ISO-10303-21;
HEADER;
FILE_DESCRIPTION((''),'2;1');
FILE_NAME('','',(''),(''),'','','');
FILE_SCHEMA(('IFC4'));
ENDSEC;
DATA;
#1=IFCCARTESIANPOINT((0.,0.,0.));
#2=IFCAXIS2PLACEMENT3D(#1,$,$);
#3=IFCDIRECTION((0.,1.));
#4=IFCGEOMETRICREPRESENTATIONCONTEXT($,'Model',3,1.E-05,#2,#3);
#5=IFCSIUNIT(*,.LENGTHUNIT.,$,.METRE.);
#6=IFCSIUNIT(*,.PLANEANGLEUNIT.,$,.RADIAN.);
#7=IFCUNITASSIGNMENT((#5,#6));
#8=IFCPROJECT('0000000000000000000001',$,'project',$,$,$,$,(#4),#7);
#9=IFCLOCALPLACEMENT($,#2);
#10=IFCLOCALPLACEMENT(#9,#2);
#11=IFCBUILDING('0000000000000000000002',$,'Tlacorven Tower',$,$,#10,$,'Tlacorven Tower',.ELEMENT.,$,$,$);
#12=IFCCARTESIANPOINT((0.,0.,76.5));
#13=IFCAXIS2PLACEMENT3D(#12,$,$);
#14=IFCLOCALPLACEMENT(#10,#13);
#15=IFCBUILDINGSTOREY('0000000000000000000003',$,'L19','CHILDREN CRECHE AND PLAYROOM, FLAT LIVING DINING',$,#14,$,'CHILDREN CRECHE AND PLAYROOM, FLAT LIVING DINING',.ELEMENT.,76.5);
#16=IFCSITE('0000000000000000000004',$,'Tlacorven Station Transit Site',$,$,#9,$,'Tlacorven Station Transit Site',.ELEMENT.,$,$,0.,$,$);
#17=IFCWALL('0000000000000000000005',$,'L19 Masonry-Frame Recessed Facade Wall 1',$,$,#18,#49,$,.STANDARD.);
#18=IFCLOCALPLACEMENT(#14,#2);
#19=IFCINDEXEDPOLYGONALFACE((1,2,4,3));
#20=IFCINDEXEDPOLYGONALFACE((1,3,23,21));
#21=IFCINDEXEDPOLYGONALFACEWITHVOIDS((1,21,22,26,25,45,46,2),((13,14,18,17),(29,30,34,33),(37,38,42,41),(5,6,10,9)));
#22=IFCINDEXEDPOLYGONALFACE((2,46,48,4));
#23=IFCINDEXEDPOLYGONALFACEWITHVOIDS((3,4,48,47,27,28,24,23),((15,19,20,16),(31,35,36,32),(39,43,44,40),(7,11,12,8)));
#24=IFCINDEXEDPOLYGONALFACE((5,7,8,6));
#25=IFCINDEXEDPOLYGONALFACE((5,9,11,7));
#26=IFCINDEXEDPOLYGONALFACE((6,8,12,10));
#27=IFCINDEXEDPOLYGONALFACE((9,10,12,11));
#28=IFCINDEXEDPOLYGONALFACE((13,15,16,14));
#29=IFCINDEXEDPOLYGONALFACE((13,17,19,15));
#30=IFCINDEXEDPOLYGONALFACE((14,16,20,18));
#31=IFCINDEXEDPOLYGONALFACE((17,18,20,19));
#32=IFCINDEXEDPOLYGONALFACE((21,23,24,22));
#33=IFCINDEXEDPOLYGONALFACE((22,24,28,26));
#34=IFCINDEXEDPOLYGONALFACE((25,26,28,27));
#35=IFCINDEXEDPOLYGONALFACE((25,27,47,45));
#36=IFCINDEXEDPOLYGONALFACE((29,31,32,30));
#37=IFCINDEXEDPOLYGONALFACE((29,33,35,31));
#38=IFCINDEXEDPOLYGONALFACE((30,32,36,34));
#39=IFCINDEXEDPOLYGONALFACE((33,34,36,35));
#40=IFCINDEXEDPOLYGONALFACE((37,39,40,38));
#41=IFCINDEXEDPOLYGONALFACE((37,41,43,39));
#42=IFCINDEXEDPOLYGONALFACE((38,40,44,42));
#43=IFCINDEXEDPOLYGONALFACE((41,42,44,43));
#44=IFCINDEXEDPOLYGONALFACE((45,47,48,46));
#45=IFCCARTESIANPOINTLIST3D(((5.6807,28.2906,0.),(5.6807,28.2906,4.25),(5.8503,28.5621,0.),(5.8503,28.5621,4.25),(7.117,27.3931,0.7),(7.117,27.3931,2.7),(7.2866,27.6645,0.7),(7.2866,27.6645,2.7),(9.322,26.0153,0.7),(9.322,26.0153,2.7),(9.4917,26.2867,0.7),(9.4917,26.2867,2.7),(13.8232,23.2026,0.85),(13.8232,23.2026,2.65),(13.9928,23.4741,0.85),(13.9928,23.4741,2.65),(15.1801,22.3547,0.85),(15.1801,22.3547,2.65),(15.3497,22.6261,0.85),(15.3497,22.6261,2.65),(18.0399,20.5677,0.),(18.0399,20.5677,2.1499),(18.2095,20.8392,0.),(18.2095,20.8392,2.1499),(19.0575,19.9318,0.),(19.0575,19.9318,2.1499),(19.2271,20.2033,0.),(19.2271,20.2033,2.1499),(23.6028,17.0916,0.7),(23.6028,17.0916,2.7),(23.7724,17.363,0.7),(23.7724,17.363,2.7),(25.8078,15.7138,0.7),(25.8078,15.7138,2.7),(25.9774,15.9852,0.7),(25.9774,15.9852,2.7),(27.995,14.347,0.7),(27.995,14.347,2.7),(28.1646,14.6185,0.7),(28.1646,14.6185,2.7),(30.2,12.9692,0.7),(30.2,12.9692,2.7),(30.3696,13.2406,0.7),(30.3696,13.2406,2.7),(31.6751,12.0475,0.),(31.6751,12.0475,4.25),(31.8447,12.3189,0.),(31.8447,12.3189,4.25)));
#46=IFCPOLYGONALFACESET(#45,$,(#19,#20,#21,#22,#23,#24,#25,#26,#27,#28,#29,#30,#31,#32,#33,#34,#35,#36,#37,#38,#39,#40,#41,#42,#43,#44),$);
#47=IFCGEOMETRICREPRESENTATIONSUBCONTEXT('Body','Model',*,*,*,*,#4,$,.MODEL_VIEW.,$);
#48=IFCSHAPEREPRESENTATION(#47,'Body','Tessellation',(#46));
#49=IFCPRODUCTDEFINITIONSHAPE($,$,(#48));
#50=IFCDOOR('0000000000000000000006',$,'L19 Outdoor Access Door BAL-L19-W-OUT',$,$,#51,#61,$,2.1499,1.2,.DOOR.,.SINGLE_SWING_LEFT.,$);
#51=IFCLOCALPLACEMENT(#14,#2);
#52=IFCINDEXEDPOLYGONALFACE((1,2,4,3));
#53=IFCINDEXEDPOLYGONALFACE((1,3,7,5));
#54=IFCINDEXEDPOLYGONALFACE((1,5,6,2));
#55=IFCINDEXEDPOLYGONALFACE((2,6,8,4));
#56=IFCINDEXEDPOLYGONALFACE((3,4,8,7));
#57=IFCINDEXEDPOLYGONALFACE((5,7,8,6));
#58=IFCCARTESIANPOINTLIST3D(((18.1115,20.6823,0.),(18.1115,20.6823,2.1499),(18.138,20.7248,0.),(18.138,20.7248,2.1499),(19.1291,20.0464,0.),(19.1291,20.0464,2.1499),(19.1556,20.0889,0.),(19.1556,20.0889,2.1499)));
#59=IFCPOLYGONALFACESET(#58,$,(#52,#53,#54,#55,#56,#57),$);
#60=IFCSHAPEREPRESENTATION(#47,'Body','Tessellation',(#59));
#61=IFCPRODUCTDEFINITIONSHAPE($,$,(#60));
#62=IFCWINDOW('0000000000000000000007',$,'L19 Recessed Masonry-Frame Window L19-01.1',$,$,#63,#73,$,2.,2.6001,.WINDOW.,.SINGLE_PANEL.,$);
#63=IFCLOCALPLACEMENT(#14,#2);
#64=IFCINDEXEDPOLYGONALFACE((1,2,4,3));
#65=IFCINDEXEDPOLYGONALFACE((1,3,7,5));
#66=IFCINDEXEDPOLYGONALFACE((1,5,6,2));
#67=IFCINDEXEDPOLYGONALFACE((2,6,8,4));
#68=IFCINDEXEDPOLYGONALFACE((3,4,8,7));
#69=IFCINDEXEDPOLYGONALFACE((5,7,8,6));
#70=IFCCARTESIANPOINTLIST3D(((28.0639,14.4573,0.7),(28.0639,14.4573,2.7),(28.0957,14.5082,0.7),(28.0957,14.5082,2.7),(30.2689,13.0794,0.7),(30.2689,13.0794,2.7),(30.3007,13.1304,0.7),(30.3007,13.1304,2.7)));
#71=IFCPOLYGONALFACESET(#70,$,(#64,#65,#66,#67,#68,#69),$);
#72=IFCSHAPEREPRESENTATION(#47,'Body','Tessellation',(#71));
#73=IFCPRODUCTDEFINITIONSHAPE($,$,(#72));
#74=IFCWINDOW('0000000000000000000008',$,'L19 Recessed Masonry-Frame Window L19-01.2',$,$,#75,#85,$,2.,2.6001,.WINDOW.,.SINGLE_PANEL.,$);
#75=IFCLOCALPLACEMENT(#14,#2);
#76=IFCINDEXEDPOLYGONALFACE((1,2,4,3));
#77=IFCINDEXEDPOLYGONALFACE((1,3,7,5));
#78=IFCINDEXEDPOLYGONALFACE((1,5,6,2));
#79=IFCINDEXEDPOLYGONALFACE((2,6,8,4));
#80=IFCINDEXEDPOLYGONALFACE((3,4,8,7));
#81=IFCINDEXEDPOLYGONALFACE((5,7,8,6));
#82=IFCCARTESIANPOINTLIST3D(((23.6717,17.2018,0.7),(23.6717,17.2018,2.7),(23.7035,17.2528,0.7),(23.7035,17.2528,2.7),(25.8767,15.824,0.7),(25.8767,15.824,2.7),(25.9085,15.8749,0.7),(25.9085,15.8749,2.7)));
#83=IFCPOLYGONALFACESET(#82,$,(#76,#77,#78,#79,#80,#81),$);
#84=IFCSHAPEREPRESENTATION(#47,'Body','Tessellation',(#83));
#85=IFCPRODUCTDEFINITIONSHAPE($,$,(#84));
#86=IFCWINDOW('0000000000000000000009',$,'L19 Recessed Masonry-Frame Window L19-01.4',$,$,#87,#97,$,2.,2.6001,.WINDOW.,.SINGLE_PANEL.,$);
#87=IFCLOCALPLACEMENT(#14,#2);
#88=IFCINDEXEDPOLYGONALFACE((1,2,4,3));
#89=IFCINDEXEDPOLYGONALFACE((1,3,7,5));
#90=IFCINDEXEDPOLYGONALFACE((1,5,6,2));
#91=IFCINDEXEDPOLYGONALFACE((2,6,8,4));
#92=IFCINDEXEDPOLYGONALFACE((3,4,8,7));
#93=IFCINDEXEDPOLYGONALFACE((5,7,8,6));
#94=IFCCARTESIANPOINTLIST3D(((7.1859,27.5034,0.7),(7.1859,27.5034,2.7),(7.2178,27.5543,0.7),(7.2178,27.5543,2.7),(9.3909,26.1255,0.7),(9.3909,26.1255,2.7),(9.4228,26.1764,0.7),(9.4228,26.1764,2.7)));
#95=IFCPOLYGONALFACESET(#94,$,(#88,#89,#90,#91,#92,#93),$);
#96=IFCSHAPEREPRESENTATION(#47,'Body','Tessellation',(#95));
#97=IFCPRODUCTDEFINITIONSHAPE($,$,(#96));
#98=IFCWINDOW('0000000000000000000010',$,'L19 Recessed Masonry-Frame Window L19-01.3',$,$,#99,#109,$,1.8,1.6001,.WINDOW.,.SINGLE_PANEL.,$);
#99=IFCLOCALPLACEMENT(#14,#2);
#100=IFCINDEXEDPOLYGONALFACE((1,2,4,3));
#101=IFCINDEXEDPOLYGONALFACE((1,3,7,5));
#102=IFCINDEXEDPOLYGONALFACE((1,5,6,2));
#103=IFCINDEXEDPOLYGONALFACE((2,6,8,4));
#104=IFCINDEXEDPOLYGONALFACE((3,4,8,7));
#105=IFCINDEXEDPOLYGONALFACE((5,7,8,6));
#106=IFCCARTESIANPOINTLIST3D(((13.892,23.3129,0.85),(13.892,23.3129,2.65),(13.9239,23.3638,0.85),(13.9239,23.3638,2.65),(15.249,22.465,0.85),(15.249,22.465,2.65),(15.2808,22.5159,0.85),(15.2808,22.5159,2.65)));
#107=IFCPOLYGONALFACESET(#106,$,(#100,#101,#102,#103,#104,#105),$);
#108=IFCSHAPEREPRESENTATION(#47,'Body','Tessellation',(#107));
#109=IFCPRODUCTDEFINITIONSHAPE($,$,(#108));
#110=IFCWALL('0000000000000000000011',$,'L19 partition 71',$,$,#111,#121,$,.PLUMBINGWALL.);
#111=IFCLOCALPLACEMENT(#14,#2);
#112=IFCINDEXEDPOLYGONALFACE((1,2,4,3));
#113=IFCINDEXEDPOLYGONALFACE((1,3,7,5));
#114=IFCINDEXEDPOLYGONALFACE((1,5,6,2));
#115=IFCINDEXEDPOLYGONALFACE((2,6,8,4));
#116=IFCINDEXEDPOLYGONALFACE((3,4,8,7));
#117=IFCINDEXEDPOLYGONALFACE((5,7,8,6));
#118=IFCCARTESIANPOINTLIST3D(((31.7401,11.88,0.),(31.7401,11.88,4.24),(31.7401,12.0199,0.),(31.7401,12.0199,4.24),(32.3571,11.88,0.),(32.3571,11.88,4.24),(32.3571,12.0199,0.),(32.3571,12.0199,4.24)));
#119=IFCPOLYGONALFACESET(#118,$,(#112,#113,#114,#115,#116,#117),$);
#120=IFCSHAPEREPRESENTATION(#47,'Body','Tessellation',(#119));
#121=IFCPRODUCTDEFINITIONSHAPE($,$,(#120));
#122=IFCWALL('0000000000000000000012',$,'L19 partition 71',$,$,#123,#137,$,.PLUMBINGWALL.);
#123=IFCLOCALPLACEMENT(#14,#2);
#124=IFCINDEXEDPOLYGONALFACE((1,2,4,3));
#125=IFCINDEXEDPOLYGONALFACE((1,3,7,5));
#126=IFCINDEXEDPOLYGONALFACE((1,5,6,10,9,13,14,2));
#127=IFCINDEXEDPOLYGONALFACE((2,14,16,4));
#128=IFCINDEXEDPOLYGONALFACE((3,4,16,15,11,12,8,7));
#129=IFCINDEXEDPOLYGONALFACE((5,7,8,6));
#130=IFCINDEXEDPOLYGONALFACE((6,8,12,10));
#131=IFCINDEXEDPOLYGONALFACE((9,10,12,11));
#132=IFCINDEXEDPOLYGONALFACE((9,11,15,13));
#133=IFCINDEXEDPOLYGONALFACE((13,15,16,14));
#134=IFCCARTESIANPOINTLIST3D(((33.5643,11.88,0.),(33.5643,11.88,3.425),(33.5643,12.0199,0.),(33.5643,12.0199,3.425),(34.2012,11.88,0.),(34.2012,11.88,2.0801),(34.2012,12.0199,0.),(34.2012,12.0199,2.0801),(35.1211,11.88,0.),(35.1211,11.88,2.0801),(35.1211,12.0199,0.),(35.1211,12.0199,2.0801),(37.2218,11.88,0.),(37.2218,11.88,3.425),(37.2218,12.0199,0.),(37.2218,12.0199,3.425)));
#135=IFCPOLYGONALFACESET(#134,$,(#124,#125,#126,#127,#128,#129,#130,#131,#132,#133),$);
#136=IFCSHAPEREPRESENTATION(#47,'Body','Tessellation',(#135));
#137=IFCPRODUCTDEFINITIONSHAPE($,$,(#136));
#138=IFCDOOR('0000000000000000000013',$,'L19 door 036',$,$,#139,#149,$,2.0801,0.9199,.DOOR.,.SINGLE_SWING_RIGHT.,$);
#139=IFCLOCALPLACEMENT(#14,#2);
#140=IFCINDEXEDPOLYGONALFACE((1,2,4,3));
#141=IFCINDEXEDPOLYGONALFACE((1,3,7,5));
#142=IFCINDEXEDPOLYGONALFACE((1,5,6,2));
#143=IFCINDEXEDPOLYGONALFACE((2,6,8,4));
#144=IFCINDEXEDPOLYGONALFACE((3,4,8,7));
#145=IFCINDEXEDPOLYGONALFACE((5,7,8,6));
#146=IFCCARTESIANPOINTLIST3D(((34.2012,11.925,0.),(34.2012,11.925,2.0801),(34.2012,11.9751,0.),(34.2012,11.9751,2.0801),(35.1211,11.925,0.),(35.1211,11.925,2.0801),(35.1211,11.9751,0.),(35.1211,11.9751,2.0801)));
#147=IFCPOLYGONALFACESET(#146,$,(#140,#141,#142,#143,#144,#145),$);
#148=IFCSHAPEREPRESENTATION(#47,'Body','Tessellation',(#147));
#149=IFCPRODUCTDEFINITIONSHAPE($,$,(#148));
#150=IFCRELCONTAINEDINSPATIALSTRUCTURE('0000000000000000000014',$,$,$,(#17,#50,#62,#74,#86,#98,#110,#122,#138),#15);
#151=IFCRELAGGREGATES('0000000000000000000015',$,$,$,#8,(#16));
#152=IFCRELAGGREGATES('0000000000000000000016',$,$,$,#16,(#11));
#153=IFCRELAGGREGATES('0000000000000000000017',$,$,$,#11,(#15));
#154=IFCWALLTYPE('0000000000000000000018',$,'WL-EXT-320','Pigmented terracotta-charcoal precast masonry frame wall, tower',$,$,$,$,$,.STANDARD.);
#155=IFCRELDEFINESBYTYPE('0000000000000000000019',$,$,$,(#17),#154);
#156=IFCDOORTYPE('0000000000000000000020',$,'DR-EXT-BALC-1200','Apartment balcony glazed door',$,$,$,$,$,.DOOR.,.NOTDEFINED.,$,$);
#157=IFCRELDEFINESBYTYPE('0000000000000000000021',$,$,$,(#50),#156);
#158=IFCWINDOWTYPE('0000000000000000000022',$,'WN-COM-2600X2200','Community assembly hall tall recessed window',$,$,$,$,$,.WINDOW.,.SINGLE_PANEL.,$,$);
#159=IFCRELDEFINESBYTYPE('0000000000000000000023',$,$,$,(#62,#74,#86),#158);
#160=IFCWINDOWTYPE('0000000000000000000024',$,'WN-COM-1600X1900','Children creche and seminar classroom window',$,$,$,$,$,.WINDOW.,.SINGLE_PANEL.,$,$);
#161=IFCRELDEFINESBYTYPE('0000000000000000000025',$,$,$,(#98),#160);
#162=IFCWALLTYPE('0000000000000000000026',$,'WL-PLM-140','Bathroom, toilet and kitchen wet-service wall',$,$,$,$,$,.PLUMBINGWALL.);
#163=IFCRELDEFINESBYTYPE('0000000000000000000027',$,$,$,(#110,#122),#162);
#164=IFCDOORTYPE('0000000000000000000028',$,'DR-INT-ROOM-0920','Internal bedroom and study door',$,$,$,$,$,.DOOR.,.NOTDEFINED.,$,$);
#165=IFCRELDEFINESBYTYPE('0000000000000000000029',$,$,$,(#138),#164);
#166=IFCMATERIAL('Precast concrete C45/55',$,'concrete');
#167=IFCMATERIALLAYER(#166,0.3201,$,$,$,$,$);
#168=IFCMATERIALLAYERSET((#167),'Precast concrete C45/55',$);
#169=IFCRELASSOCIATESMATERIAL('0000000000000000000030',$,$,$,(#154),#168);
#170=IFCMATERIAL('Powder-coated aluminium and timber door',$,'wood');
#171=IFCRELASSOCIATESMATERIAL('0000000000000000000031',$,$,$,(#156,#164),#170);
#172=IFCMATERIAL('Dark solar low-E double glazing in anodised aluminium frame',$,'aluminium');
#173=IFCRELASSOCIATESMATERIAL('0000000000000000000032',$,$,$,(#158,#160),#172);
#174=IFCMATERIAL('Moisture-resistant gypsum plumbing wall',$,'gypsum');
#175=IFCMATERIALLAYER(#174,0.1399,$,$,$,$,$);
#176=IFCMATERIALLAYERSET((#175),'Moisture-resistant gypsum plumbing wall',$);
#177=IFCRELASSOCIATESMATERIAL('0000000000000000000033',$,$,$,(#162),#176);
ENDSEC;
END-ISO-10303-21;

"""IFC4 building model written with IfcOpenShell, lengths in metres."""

from ifc_helpers import new_model, si_unit, direction, frame, frame_2d, origin, place, context, subcontext, project, spatial, rectangle, extrude, source, transform, mapped, material, layer, layer_set, type_object, element, fill, save


model = new_model("IFC4")

# Units and contexts
model_context = context("Model", 3, precision=1e-05, world=origin(), true_north=direction((0.0, 1.0)))
body_context = subcontext(model_context, "Body", "Model", "MODEL_VIEW")
ifc_project = project(units=[si_unit("LENGTHUNIT", "METRE"), si_unit("PLANEANGLEUNIT", "RADIAN")], contexts=[model_context])

# Site, building, storey
site_placement = place(None, origin())
site = spatial("IfcSite", under=ifc_project, at=site_placement, Name="Tlacorven Station Transit Site", LongName="Tlacorven Station Transit Site", CompositionType="ELEMENT", RefElevation=0.0)
building_placement = place(site_placement, origin())
building = spatial("IfcBuilding", under=site, at=building_placement, Name="Tlacorven Tower", LongName="Tlacorven Tower", CompositionType="ELEMENT")
storey_placement = place(building_placement, frame((0.0, 0.0, 76.5)))
storey = spatial("IfcBuildingStorey", under=building, at=storey_placement, Name="L19", Description="CHILDREN CRECHE AND PLAYROOM, FLAT LIVING DINING", LongName="CHILDREN CRECHE AND PLAYROOM, FLAT LIVING DINING", CompositionType="ELEMENT", Elevation=76.5)

# Wall, openings, door, windows
ifc_material_1 = material(Name="Precast concrete C45/55", Category="concrete")
ifc_layer_1 = layer(ifc_material_1, 0.3201)
ifc_layer_set_1 = layer_set([ifc_layer_1], Name="Precast concrete C45/55")
wall_type_1 = type_object("IfcWallType", Name="WL-EXT-320", Description="Pigmented terracotta-charcoal precast masonry frame wall, tower", PredefinedType="STANDARD", material=ifc_layer_set_1)
wall_1_placement = place(storey_placement, frame((31.76, 12.1831, 0.0), z_axis=(0.0, 0.0, 1.0), x_axis=(-0.848047, 0.529921, 0.0)))
wall_1 = element("IfcWall", 1, at=wall_1_placement, inside=storey, type_object=wall_type_1, Name="L19 Masonry-Frame Recessed Facade Wall 1", PredefinedType="STANDARD", context=body_context, shape_type="SweptSolid", body=[
    extrude(rectangle(XDim=30.6521, YDim=0.3201, at=frame_2d((15.3262, 0.0))), origin(), (0.0, 0.0, 1.0), 4.25),
])
opening_1_placement = place(wall_1_placement, frame((14.8784, 0.0, 0.0)))
opening_1 = element("IfcOpeningElement", 2, at=opening_1_placement, cuts=wall_1, PredefinedType="OPENING", context=body_context, shape_type="SweptSolid", body=[
    extrude(rectangle(XDim=1.2, YDim=2.1499, at=frame_2d((0.6001, 1.075))), frame((0.0, 0.1699, 0.0), z_axis=(0.0, -1.0, 0.0), x_axis=(1.0, 0.0, 0.0)), (0.0, 0.0, 1.0), 0.3401),
])
opening_2_placement = place(wall_1_placement, frame((1.7395, 0.0, 0.7)))
opening_2 = element("IfcOpeningElement", 3, at=opening_2_placement, cuts=wall_1, PredefinedType="OPENING", context=body_context, shape_type="SweptSolid", body=[
    extrude(rectangle(XDim=2.6001, YDim=2.0, at=frame_2d((1.3, 1.0))), frame((0.0, 0.1699, 0.0), z_axis=(0.0, -1.0, 0.0), x_axis=(1.0, 0.0, 0.0)), (0.0, 0.0, 1.0), 0.3401),
])
opening_3_placement = place(wall_1_placement, frame((6.9187, 0.0, 0.7)))
opening_3 = element("IfcOpeningElement", 4, at=opening_3_placement, cuts=wall_1, PredefinedType="OPENING", context=body_context, shape_type="SweptSolid", body=[
    extrude(rectangle(XDim=2.6001, YDim=2.0, at=frame_2d((1.3, 1.0))), frame((0.0, 0.1699, 0.0), z_axis=(0.0, -1.0, 0.0), x_axis=(1.0, 0.0, 0.0)), (0.0, 0.0, 1.0), 0.3401),
])
opening_4_placement = place(wall_1_placement, frame((19.4507, 0.0, 0.8501)))
opening_4 = element("IfcOpeningElement", 5, at=opening_4_placement, cuts=wall_1, PredefinedType="OPENING", context=body_context, shape_type="SweptSolid", body=[
    extrude(rectangle(XDim=1.6001, YDim=1.8, at=frame_2d((0.8, 0.8999))), frame((0.0, 0.1699, 0.0), z_axis=(0.0, -1.0, 0.0), x_axis=(1.0, 0.0, 0.0)), (0.0, 0.0, 1.0), 0.3401),
])
opening_5_placement = place(wall_1_placement, frame((26.3584, 0.0, 0.7)))
opening_5 = element("IfcOpeningElement", 6, at=opening_5_placement, cuts=wall_1, PredefinedType="OPENING", context=body_context, shape_type="SweptSolid", body=[
    extrude(rectangle(XDim=2.6001, YDim=2.0, at=frame_2d((1.3, 1.0))), frame((0.0, 0.1699, 0.0), z_axis=(0.0, -1.0, 0.0), x_axis=(1.0, 0.0, 0.0)), (0.0, 0.0, 1.0), 0.3401),
])
ifc_material_2 = material(Name="Powder-coated aluminium and timber door", Category="wood")
door_type_1 = type_object("IfcDoorType", Name="DR-EXT-BALC-1200", Description="Apartment balcony glazed door", OperationType="NOTDEFINED", PredefinedType="DOOR", material=ifc_material_2)
shared_shape_1 = source(origin(), body_context, "Body", "SweptSolid", [
    extrude(rectangle(XDim=1.2, YDim=2.1499, at=frame_2d((0.6001, 1.075))), frame((0.0, 0.0249, 0.0), z_axis=(0.0, -1.0, 0.0), x_axis=(1.0, 0.0, 0.0)), (0.0, 0.0, 1.0), 0.05),
])
door_1_placement = place(opening_1_placement, origin())
door_1 = element("IfcDoor", 7, at=door_1_placement, inside=storey, type_object=door_type_1, Name="L19 Outdoor Access Door BAL-L19-W-OUT", OperationType="SINGLE_SWING_LEFT", OverallHeight=2.1499, OverallWidth=1.2, PredefinedType="DOOR", context=body_context, shape_type="MappedRepresentation", body=[
    mapped(shared_shape_1, transform((0.0, 0.0, 0.0), scale=1.0)),
])
fill(opening_1, door_1)
ifc_material_3 = material(Name="Dark solar low-E double glazing in anodised aluminium frame", Category="aluminium")
window_type_1 = type_object("IfcWindowType", Name="WN-COM-2600X2200", Description="Community assembly hall tall recessed window", PartitioningType="SINGLE_PANEL", PredefinedType="WINDOW", material=ifc_material_3)
shared_shape_2 = source(origin(), body_context, "Body", "SweptSolid", [
    extrude(rectangle(XDim=2.6001, YDim=2.0, at=frame_2d((1.3, 1.0))), frame((0.0, 0.03, 0.0), z_axis=(0.0, -1.0, 0.0), x_axis=(1.0, 0.0, 0.0)), (0.0, 0.0, 1.0), 0.0601),
])
window_1_placement = place(opening_2_placement, origin())
window_1 = element("IfcWindow", 8, at=window_1_placement, inside=storey, type_object=window_type_1, Name="L19 Recessed Masonry-Frame Window L19-01.1", OverallHeight=2.0, OverallWidth=2.6001, PartitioningType="SINGLE_PANEL", PredefinedType="WINDOW", context=body_context, shape_type="MappedRepresentation", body=[
    mapped(shared_shape_2, transform((0.0, 0.0, 0.0), scale=1.0)),
])
fill(opening_2, window_1)
window_2_placement = place(opening_3_placement, origin())
window_2 = element("IfcWindow", 9, at=window_2_placement, inside=storey, type_object=window_type_1, Name="L19 Recessed Masonry-Frame Window L19-01.2", OverallHeight=2.0, OverallWidth=2.6001, PartitioningType="SINGLE_PANEL", PredefinedType="WINDOW", context=body_context, shape_type="MappedRepresentation", body=[
    mapped(shared_shape_2, transform((0.0, 0.0, 0.0), scale=1.0)),
])
fill(opening_3, window_2)
window_3_placement = place(opening_5_placement, origin())
window_3 = element("IfcWindow", 10, at=window_3_placement, inside=storey, type_object=window_type_1, Name="L19 Recessed Masonry-Frame Window L19-01.4", OverallHeight=2.0, OverallWidth=2.6001, PartitioningType="SINGLE_PANEL", PredefinedType="WINDOW", context=body_context, shape_type="MappedRepresentation", body=[
    mapped(shared_shape_2, transform((0.0, 0.0, 0.0), scale=1.0)),
])
fill(opening_5, window_3)
window_type_2 = type_object("IfcWindowType", Name="WN-COM-1600X1900", Description="Children creche and seminar classroom window", PartitioningType="SINGLE_PANEL", PredefinedType="WINDOW", material=ifc_material_3)
shared_shape_3 = source(origin(), body_context, "Body", "SweptSolid", [
    extrude(rectangle(XDim=1.6001, YDim=1.8, at=frame_2d((0.8, 0.8999))), frame((0.0, 0.03, 0.0), z_axis=(0.0, -1.0, 0.0), x_axis=(1.0, 0.0, 0.0)), (0.0, 0.0, 1.0), 0.0601),
])
window_4_placement = place(opening_4_placement, origin())
window_4 = element("IfcWindow", 11, at=window_4_placement, inside=storey, type_object=window_type_2, Name="L19 Recessed Masonry-Frame Window L19-01.3", OverallHeight=1.8, OverallWidth=1.6001, PartitioningType="SINGLE_PANEL", PredefinedType="WINDOW", context=body_context, shape_type="MappedRepresentation", body=[
    mapped(shared_shape_3, transform((0.0, 0.0, 0.0), scale=1.0)),
])
fill(opening_4, window_4)

# Wall
ifc_material_4 = material(Name="Moisture-resistant gypsum plumbing wall", Category="gypsum")
ifc_layer_2 = layer(ifc_material_4, 0.1399)
ifc_layer_set_2 = layer_set([ifc_layer_2], Name="Moisture-resistant gypsum plumbing wall")
wall_type_2 = type_object("IfcWallType", Name="WL-PLM-140", Description="Bathroom, toilet and kitchen wet-service wall", PredefinedType="PLUMBINGWALL", material=ifc_layer_set_2)
wall_2_placement = place(storey_placement, frame((31.74, 11.95, 0.0), z_axis=(0.0, 0.0, 1.0), x_axis=(1.0, 0.0, 0.0)))
element("IfcWall", 12, at=wall_2_placement, inside=storey, type_object=wall_type_2, Name="L19 partition 71", PredefinedType="PLUMBINGWALL", context=body_context, shape_type="SweptSolid", body=[
    extrude(rectangle(XDim=0.6169, YDim=0.1399, at=frame_2d((0.3086, 0.0))), origin(), (0.0, 0.0, 1.0), 4.24),
])

# Wall, opening, door
wall_3_placement = place(storey_placement, frame((33.5645, 11.95, 0.0), z_axis=(0.0, 0.0, 1.0), x_axis=(1.0, 0.0, 0.0)))
wall_3 = element("IfcWall", 13, at=wall_3_placement, inside=storey, type_object=wall_type_2, Name="L19 partition 71", PredefinedType="PLUMBINGWALL", context=body_context, shape_type="SweptSolid", body=[
    extrude(rectangle(XDim=3.6575, YDim=0.1399, at=frame_2d((1.8286, 0.0))), origin(), (0.0, 0.0, 1.0), 3.425),
])
opening_6_placement = place(wall_3_placement, frame((0.6367, 0.0, 0.0)))
opening_6 = element("IfcOpeningElement", 14, at=opening_6_placement, cuts=wall_3, PredefinedType="OPENING", context=body_context, shape_type="SweptSolid", body=[
    extrude(rectangle(XDim=0.9199, YDim=2.0801, at=frame_2d((0.46, 1.04))), frame((0.0, 0.0801, 0.0), z_axis=(0.0, -1.0, 0.0), x_axis=(1.0, 0.0, 0.0)), (0.0, 0.0, 1.0), 0.1599),
])
door_type_2 = type_object("IfcDoorType", Name="DR-INT-ROOM-0920", Description="Internal bedroom and study door", OperationType="NOTDEFINED", PredefinedType="DOOR", material=ifc_material_2)
shared_shape_4 = source(origin(), body_context, "Body", "SweptSolid", [
    extrude(rectangle(XDim=0.9199, YDim=2.0801, at=frame_2d((0.46, 1.04))), frame((0.0, 0.0249, 0.0), z_axis=(0.0, -1.0, 0.0), x_axis=(1.0, 0.0, 0.0)), (0.0, 0.0, 1.0), 0.05),
])
door_2_placement = place(opening_6_placement, frame((0.9199, 0.0, 0.0), z_axis=(0.0, 0.0, 1.0), x_axis=(-1.0, 0.0, 0.0)))
door_2 = element("IfcDoor", 15, at=door_2_placement, inside=storey, type_object=door_type_2, Name="L19 door 036", OperationType="SINGLE_SWING_RIGHT", OverallHeight=2.0801, OverallWidth=0.9199, PredefinedType="DOOR", context=body_context, shape_type="MappedRepresentation", body=[
    mapped(shared_shape_4, transform((0.0, 0.0, 0.0), scale=1.0)),
])
fill(opening_6, door_2)

save(model, "model.ifc")
